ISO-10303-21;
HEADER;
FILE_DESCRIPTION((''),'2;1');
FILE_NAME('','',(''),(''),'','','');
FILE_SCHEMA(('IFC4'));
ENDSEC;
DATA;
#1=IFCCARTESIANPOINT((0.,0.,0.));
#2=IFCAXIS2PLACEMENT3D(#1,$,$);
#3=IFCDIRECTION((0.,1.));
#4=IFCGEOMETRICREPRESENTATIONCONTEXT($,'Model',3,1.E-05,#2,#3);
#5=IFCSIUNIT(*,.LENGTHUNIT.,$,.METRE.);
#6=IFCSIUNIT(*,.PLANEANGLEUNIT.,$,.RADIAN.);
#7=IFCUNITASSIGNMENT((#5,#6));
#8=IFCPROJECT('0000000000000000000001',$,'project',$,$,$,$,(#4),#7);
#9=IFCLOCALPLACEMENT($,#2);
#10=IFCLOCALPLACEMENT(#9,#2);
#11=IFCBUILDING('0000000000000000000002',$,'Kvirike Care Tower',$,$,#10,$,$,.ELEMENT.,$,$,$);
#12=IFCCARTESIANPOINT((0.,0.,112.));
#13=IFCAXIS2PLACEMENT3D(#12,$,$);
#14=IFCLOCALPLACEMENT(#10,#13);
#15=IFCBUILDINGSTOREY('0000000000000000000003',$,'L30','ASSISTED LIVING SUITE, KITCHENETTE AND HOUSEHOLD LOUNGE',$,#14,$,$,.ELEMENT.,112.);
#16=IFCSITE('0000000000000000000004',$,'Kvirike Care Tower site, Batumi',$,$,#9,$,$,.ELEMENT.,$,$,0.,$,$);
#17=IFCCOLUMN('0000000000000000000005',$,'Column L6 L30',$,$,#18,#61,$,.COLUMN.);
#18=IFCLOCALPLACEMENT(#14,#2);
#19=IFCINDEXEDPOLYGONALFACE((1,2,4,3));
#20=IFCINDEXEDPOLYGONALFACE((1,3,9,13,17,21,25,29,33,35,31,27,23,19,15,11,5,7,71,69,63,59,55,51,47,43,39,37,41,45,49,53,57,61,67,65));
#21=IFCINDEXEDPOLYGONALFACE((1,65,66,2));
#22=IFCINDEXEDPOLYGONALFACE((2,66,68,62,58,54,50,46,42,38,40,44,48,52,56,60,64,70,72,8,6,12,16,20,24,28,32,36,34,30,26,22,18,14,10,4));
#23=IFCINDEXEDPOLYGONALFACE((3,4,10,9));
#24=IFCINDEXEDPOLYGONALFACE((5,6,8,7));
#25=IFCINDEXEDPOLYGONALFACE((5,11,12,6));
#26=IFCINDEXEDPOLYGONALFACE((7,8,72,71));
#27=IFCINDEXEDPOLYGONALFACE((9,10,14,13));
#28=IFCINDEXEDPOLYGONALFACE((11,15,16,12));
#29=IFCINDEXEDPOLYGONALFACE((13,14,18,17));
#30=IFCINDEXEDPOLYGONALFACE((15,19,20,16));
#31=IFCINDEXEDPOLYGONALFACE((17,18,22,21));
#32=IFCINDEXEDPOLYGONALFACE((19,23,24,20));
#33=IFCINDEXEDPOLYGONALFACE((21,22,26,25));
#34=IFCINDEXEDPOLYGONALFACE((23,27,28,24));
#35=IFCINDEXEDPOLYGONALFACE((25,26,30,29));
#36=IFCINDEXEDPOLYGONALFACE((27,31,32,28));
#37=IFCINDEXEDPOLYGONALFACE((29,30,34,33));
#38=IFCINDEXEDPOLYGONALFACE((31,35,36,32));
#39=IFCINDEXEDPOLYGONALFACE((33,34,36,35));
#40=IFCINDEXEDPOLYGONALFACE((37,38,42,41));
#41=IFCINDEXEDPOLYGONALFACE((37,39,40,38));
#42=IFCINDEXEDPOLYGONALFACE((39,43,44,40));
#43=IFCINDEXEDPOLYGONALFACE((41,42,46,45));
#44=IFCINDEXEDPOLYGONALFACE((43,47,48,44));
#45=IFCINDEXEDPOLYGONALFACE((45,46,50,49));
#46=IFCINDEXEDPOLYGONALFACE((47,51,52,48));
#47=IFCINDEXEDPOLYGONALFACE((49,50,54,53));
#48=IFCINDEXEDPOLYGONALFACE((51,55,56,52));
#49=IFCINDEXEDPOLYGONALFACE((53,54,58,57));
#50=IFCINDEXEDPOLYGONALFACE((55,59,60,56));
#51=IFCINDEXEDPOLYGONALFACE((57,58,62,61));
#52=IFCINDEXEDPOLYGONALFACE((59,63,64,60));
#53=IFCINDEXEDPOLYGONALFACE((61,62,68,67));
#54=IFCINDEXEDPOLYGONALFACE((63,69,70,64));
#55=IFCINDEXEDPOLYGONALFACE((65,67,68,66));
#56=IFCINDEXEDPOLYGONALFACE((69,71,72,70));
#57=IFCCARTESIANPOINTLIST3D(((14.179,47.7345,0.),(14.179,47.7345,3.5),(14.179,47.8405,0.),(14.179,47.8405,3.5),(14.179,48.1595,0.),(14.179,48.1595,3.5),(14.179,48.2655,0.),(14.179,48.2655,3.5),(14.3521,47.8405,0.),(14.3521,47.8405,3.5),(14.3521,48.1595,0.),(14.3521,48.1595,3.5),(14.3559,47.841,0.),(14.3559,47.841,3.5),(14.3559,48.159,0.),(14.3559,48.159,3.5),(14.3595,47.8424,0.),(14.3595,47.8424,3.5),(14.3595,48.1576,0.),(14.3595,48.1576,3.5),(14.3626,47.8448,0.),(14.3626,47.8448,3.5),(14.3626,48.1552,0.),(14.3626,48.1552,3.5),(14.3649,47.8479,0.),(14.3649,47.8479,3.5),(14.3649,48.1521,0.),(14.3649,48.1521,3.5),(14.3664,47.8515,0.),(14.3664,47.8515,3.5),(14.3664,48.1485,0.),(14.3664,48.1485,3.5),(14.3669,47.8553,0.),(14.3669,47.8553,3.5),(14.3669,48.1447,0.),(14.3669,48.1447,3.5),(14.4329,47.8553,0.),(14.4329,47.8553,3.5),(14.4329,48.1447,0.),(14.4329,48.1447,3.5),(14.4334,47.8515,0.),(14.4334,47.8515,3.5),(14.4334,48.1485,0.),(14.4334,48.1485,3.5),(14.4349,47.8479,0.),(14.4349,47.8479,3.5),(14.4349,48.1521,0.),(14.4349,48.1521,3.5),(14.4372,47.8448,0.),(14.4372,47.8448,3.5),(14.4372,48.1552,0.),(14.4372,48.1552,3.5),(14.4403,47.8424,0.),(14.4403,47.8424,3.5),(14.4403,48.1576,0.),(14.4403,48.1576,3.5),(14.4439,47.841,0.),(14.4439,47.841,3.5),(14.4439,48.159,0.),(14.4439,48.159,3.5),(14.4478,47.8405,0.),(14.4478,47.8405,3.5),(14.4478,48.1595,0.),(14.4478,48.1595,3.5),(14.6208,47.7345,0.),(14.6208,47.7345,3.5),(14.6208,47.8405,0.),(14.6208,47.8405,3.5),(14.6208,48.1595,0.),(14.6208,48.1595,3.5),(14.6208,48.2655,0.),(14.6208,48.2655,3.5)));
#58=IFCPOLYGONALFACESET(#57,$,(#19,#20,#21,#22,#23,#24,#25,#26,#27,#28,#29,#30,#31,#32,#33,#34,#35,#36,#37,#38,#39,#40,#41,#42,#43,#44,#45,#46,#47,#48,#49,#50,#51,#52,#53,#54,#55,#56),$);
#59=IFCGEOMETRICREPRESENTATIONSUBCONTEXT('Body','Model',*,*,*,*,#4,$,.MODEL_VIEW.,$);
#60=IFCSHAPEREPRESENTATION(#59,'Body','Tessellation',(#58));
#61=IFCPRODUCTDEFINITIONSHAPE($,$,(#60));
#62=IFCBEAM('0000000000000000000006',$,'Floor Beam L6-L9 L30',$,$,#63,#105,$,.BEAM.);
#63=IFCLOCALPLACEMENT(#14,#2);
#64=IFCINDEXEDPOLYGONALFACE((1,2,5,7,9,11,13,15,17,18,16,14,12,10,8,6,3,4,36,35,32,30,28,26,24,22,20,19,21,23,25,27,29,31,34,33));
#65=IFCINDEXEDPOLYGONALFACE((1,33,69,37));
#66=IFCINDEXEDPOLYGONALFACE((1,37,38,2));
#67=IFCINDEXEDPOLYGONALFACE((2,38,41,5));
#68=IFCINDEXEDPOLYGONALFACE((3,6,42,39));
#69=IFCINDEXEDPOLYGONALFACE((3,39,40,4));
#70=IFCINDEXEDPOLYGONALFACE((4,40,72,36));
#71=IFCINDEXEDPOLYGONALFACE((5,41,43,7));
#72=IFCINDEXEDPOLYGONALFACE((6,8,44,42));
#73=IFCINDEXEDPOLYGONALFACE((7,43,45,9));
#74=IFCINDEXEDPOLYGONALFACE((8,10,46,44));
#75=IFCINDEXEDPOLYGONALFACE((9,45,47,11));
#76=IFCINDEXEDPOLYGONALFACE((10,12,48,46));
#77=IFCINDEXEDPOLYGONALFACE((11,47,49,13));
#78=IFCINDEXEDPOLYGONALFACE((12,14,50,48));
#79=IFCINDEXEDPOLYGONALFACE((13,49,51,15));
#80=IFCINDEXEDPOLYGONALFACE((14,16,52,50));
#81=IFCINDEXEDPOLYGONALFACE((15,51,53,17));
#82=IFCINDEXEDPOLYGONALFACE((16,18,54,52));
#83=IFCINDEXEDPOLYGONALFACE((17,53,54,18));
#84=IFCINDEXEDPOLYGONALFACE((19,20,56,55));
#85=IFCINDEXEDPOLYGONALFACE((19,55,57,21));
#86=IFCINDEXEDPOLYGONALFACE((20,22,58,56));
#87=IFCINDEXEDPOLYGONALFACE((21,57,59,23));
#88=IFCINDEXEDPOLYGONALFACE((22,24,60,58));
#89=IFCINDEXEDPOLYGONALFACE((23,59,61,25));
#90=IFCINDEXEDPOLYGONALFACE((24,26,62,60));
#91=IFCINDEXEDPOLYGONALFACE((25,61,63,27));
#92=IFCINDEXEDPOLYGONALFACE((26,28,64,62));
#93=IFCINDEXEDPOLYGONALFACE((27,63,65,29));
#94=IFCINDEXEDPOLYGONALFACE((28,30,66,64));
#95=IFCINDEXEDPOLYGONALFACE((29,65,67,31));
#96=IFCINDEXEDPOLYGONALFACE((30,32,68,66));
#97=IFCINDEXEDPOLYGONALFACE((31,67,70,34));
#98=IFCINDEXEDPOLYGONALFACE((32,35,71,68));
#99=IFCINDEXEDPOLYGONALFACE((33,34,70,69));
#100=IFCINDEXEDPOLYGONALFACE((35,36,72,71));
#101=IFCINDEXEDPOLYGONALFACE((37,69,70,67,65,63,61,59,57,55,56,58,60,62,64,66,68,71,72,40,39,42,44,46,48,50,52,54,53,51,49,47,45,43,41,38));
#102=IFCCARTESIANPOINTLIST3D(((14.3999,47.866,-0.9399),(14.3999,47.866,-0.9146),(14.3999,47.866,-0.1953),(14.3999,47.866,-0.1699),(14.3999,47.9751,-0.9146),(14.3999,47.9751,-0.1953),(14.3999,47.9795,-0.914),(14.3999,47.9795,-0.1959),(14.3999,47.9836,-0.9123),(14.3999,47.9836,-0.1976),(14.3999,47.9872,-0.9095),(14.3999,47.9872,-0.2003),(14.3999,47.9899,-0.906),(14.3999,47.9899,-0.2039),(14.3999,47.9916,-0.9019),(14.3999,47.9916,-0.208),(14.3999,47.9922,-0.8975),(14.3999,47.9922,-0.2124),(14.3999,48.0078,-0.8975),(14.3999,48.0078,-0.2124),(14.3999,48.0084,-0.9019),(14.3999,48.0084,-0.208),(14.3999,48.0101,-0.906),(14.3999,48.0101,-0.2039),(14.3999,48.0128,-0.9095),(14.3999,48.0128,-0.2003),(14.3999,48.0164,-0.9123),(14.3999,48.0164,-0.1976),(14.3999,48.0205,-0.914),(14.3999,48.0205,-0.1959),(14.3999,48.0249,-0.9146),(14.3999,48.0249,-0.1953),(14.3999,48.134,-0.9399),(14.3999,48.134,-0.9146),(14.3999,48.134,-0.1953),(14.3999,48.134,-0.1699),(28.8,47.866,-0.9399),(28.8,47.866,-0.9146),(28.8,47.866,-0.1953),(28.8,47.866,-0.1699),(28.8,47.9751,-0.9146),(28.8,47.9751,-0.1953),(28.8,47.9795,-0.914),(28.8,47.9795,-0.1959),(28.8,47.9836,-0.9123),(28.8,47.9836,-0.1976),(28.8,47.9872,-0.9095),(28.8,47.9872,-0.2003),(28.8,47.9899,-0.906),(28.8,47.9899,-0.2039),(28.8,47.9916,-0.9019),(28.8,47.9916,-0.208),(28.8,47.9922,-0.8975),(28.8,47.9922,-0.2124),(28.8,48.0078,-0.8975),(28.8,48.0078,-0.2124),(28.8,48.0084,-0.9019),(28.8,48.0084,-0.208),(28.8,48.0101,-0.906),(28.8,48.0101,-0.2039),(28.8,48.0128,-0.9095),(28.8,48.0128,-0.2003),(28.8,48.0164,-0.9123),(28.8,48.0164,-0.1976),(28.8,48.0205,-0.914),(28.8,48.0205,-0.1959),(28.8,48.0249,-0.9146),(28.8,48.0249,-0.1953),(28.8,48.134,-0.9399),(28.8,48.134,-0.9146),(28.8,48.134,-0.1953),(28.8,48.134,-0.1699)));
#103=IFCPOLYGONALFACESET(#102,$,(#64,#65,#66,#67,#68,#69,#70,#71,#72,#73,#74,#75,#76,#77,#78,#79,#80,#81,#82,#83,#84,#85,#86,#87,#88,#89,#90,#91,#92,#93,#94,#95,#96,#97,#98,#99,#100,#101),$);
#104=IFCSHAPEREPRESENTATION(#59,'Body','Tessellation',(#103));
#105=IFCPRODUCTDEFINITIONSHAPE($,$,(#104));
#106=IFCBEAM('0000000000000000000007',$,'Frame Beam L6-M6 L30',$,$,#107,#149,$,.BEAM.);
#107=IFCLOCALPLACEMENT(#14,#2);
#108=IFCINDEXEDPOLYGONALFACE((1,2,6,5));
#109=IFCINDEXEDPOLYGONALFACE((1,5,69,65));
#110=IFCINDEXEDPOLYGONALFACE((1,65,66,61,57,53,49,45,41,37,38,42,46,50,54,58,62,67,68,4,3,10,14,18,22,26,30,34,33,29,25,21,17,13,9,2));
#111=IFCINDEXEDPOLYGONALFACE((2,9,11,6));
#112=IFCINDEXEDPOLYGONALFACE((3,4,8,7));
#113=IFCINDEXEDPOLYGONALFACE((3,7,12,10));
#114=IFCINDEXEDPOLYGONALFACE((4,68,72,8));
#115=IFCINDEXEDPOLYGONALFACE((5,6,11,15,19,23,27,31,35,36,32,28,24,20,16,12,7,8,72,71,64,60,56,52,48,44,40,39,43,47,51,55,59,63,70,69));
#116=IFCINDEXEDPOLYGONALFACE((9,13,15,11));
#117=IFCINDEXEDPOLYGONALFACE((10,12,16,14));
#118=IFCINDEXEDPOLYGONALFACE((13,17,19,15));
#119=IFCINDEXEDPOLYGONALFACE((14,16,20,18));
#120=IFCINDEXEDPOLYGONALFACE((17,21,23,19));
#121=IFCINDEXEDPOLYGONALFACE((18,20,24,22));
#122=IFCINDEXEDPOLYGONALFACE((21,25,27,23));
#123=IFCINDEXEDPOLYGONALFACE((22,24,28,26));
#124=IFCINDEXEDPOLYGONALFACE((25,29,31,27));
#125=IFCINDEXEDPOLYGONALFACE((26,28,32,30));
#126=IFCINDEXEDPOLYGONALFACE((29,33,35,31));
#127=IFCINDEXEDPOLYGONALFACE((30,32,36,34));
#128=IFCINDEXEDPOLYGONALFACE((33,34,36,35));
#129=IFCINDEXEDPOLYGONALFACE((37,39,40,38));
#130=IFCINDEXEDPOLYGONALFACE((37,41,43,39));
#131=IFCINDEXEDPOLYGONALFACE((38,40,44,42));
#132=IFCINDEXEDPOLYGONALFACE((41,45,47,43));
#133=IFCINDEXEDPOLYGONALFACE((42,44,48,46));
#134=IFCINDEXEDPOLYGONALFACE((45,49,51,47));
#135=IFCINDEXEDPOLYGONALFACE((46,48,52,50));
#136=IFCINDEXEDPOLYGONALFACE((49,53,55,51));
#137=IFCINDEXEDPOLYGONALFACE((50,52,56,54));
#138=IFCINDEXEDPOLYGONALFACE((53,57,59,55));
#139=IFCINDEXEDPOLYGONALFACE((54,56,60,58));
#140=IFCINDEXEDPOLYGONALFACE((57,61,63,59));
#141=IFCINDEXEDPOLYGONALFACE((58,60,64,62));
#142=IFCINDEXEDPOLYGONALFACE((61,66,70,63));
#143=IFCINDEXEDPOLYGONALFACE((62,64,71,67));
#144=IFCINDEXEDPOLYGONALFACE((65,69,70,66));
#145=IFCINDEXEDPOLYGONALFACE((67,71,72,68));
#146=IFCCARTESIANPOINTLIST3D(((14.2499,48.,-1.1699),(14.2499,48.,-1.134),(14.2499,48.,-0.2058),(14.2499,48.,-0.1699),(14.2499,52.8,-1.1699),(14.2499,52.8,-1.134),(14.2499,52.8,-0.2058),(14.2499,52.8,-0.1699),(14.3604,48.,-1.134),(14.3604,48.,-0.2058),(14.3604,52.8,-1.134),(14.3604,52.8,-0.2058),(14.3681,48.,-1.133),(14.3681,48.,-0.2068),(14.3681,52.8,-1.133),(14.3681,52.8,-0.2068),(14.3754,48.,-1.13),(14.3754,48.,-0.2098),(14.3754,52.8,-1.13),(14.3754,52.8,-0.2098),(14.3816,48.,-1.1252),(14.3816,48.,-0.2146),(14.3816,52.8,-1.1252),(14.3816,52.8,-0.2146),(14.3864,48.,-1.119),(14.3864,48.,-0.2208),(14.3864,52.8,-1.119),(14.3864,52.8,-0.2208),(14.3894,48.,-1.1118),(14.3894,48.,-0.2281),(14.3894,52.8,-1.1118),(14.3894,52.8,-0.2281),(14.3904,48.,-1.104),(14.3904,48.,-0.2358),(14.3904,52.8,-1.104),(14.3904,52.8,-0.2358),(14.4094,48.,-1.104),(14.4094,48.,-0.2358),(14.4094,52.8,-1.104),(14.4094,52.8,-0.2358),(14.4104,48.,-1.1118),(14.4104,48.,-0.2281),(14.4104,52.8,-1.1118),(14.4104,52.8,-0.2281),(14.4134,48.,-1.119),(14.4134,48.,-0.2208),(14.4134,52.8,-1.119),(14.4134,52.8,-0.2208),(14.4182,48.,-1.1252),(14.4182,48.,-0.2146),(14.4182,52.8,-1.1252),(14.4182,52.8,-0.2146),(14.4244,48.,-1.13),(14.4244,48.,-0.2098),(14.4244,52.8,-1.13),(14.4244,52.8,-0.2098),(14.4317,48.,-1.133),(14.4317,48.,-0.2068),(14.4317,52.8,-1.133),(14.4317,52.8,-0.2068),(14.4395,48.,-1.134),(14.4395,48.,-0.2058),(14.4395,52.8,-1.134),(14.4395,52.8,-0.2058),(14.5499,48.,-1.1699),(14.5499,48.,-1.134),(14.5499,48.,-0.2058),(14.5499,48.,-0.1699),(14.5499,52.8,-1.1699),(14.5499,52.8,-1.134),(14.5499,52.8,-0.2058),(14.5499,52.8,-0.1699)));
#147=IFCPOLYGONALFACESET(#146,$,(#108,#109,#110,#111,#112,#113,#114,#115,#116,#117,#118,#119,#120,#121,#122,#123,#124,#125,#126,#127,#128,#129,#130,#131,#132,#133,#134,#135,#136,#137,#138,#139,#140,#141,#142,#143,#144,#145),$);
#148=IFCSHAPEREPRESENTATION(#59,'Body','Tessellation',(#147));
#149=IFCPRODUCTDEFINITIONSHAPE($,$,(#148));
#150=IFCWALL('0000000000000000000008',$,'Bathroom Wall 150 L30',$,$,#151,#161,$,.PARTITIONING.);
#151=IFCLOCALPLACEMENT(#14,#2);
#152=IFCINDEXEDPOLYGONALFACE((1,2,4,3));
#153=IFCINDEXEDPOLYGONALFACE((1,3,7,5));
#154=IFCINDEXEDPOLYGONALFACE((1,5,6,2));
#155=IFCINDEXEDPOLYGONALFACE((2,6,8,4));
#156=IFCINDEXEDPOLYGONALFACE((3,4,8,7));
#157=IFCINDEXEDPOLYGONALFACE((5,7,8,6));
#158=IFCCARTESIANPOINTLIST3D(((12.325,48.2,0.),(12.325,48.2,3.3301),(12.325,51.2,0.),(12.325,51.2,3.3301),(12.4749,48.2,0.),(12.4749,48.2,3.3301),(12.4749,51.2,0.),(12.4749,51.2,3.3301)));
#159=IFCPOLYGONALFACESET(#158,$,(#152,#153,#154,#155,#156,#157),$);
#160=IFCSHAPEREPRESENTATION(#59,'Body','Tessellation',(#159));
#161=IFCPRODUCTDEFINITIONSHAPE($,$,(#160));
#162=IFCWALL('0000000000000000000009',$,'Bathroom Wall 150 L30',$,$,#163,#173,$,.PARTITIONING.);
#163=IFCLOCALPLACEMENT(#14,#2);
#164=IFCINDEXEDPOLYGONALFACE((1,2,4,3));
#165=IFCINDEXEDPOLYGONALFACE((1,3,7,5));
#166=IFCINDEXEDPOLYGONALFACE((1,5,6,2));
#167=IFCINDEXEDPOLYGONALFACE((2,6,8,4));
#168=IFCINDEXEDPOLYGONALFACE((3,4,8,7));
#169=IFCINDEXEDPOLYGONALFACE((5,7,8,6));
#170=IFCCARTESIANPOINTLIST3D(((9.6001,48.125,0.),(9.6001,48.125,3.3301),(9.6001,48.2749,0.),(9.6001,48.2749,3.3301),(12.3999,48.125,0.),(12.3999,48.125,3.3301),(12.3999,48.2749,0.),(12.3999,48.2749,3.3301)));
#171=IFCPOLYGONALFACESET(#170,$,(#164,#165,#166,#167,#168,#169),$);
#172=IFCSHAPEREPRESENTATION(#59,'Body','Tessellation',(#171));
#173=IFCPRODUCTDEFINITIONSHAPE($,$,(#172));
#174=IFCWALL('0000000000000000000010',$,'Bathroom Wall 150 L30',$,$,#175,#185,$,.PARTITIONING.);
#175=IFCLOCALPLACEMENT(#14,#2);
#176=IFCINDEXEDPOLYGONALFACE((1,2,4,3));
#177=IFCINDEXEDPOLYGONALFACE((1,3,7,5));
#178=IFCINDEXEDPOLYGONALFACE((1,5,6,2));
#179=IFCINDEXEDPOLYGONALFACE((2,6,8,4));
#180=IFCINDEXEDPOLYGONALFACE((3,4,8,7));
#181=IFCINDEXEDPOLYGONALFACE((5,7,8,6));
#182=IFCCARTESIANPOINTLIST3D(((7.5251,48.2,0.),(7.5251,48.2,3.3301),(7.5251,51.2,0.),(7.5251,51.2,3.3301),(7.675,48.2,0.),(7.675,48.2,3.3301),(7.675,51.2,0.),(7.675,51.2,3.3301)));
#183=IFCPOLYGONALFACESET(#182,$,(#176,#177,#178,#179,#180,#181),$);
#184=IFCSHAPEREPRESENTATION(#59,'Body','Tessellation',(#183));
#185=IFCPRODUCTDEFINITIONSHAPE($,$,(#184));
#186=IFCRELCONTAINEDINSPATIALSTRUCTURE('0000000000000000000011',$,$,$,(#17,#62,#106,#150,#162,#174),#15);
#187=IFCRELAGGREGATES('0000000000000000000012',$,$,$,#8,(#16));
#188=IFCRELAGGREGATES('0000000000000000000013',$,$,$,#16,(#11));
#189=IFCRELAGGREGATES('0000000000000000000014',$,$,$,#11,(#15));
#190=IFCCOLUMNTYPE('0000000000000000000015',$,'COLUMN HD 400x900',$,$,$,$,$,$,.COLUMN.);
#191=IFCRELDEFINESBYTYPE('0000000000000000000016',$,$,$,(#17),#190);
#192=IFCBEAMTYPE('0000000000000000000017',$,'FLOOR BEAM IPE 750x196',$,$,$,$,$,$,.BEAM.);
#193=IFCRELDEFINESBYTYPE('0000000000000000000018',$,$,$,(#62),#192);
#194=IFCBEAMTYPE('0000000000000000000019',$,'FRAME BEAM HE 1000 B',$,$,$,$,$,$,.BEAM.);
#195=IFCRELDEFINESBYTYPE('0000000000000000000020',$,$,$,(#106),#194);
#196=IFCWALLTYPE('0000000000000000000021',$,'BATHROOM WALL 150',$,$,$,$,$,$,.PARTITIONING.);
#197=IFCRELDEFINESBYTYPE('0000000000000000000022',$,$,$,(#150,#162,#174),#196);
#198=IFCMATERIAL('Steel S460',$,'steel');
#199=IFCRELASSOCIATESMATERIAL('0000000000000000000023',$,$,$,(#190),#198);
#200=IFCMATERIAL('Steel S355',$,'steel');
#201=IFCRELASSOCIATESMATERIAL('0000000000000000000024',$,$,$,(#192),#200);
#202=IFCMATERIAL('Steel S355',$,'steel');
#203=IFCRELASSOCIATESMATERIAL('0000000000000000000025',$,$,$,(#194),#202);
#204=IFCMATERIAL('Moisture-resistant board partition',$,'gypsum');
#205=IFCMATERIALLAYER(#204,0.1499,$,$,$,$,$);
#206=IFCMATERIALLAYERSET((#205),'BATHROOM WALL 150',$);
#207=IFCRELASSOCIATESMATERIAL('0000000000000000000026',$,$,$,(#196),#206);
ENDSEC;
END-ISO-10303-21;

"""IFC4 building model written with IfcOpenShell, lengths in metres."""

from ifc_helpers import new_model, si_unit, direction, frame, frame_2d, origin, origin_2d, place, context, subcontext, project, spatial, rectangle, i_section, extrude, material, layer, layer_set, material_profile, profile_set, type_object, element, save


model = new_model("IFC4")

# Units and contexts
model_context = context("Model", 3, precision=1e-05, world=origin(), true_north=direction((0.0, 1.0)))
body_context = subcontext(model_context, "Body", "Model", "MODEL_VIEW")
ifc_project = project(units=[si_unit("LENGTHUNIT", "METRE"), si_unit("PLANEANGLEUNIT", "RADIAN")], contexts=[model_context])

# Site, building, storey
site_placement = place(None, origin())
site = spatial("IfcSite", under=ifc_project, at=site_placement, Name="Kvirike Care Tower site, Batumi", CompositionType="ELEMENT", RefElevation=0.0)
building_placement = place(site_placement, origin())
building = spatial("IfcBuilding", under=site, at=building_placement, Name="Kvirike Care Tower", CompositionType="ELEMENT")
storey_placement = place(building_placement, frame((0.0, 0.0, 112.0)))
storey = spatial("IfcBuildingStorey", under=building, at=storey_placement, Name="L30", Description="ASSISTED LIVING SUITE, KITCHENETTE AND HOUSEHOLD LOUNGE", CompositionType="ELEMENT", Elevation=112.0)

# Column
ifc_material_1 = material(Name="Steel S460", Category="steel")
ifc_material_profile_1 = material_profile(ifc_material_1, i_section(OverallWidth=0.4419, OverallDepth=0.531, WebThickness=0.0659, FlangeThickness=0.106, FilletRadius=0.0149, at=origin_2d()), Name="HD 400x900")
ifc_profile_set_1 = profile_set([ifc_material_profile_1], Name="Steel S460")
column_type = type_object("IfcColumnType", Name="COLUMN HD 400x900", PredefinedType="COLUMN", material=ifc_profile_set_1)
column_placement = place(storey_placement, frame((14.3999, 48.0, 0.0), z_axis=(0.0, 0.0, 1.0), x_axis=(1.0, 0.0, 0.0)))
element("IfcColumn", 1, at=column_placement, inside=storey, type_object=column_type, Name="Column L6 L30", PredefinedType="COLUMN", context=body_context, shape_type="SweptSolid", body=[
    extrude(i_section(OverallWidth=0.4419, OverallDepth=0.531, WebThickness=0.0659, FlangeThickness=0.106, FilletRadius=0.0149, at=origin_2d()), origin(), (0.0, 0.0, 1.0), 3.5),
])

# Beams
ifc_material_2 = material(Name="Steel S355", Category="steel")
ifc_material_profile_2 = material_profile(ifc_material_2, i_section(OverallWidth=0.2681, OverallDepth=0.77, WebThickness=0.0156, FlangeThickness=0.0254, FilletRadius=0.0171, at=origin_2d()), Name="IPE 750x196")
ifc_profile_set_2 = profile_set([ifc_material_profile_2], Name="Steel S355")
beam_type_1 = type_object("IfcBeamType", Name="FLOOR BEAM IPE 750x196", PredefinedType="BEAM", material=ifc_profile_set_2)
beam_1_placement = place(storey_placement, frame((14.3999, 48.0, -0.5549), z_axis=(1.0, 0.0, 0.0), x_axis=(0.0, 1.0, 0.0)))
element("IfcBeam", 2, at=beam_1_placement, inside=storey, type_object=beam_type_1, Name="Floor Beam L6-L9 L30", PredefinedType="BEAM", context=body_context, shape_type="SweptSolid", body=[
    extrude(i_section(OverallWidth=0.2681, OverallDepth=0.77, WebThickness=0.0156, FlangeThickness=0.0254, FilletRadius=0.0171, at=origin_2d()), origin(), (0.0, 0.0, 1.0), 14.4001),
])
ifc_material_3 = material(Name="Steel S355", Category="steel")
ifc_material_profile_3 = material_profile(ifc_material_3, i_section(OverallWidth=0.3, OverallDepth=1.0, WebThickness=0.019, FlangeThickness=0.0359, FilletRadius=0.03, at=origin_2d()), Name="HE 1000 B")
ifc_profile_set_3 = profile_set([ifc_material_profile_3], Name="Steel S355")
beam_type_2 = type_object("IfcBeamType", Name="FRAME BEAM HE 1000 B", PredefinedType="BEAM", material=ifc_profile_set_3)
beam_2_placement = place(storey_placement, frame((14.3999, 48.0, -0.6699), z_axis=(0.0, 1.0, 0.0), x_axis=(-1.0, 0.0, 0.0)))
element("IfcBeam", 3, at=beam_2_placement, inside=storey, type_object=beam_type_2, Name="Frame Beam L6-M6 L30", PredefinedType="BEAM", context=body_context, shape_type="SweptSolid", body=[
    extrude(i_section(OverallWidth=0.3, OverallDepth=1.0, WebThickness=0.019, FlangeThickness=0.0359, FilletRadius=0.03, at=origin_2d()), origin(), (0.0, 0.0, 1.0), 4.8),
])

# Walls
ifc_material_4 = material(Name="Moisture-resistant board partition", Category="gypsum")
ifc_layer_1 = layer(ifc_material_4, 0.1499)
ifc_layer_set_1 = layer_set([ifc_layer_1], Name="BATHROOM WALL 150")
wall_type_1 = type_object("IfcWallType", Name="BATHROOM WALL 150", PredefinedType="PARTITIONING", material=ifc_layer_set_1)
wall_1_placement = place(storey_placement, frame((12.3999, 51.2, 0.0), z_axis=(0.0, 0.0, 1.0), x_axis=(0.0, -1.0, 0.0)))
element("IfcWall", 4, at=wall_1_placement, inside=storey, type_object=wall_type_1, Name="Bathroom Wall 150 L30", PredefinedType="PARTITIONING", context=body_context, shape_type="SweptSolid", body=[
    extrude(rectangle(XDim=3.0, YDim=0.1499, at=frame_2d((1.5, 0.0))), origin(), (0.0, 0.0, 1.0), 3.3301),
])
wall_2_placement = place(storey_placement, frame((12.3999, 48.2, 0.0), z_axis=(0.0, 0.0, 1.0), x_axis=(-1.0, 0.0, 0.0)))
element("IfcWall", 5, at=wall_2_placement, inside=storey, type_object=wall_type_1, Name="Bathroom Wall 150 L30", PredefinedType="PARTITIONING", context=body_context, shape_type="SweptSolid", body=[
    extrude(rectangle(XDim=2.7998, YDim=0.1499, at=frame_2d((1.3999, 0.0))), origin(), (0.0, 0.0, 1.0), 3.3301),
])
wall_3_placement = place(storey_placement, frame((7.6001, 51.2, 0.0), z_axis=(0.0, 0.0, 1.0), x_axis=(0.0, -1.0, 0.0)))
element("IfcWall", 6, at=wall_3_placement, inside=storey, type_object=wall_type_1, Name="Bathroom Wall 150 L30", PredefinedType="PARTITIONING", context=body_context, shape_type="SweptSolid", body=[
    extrude(rectangle(XDim=3.0, YDim=0.1499, at=frame_2d((1.5, 0.0))), origin(), (0.0, 0.0, 1.0), 3.3301),
])

save(model, "model.ifc")
